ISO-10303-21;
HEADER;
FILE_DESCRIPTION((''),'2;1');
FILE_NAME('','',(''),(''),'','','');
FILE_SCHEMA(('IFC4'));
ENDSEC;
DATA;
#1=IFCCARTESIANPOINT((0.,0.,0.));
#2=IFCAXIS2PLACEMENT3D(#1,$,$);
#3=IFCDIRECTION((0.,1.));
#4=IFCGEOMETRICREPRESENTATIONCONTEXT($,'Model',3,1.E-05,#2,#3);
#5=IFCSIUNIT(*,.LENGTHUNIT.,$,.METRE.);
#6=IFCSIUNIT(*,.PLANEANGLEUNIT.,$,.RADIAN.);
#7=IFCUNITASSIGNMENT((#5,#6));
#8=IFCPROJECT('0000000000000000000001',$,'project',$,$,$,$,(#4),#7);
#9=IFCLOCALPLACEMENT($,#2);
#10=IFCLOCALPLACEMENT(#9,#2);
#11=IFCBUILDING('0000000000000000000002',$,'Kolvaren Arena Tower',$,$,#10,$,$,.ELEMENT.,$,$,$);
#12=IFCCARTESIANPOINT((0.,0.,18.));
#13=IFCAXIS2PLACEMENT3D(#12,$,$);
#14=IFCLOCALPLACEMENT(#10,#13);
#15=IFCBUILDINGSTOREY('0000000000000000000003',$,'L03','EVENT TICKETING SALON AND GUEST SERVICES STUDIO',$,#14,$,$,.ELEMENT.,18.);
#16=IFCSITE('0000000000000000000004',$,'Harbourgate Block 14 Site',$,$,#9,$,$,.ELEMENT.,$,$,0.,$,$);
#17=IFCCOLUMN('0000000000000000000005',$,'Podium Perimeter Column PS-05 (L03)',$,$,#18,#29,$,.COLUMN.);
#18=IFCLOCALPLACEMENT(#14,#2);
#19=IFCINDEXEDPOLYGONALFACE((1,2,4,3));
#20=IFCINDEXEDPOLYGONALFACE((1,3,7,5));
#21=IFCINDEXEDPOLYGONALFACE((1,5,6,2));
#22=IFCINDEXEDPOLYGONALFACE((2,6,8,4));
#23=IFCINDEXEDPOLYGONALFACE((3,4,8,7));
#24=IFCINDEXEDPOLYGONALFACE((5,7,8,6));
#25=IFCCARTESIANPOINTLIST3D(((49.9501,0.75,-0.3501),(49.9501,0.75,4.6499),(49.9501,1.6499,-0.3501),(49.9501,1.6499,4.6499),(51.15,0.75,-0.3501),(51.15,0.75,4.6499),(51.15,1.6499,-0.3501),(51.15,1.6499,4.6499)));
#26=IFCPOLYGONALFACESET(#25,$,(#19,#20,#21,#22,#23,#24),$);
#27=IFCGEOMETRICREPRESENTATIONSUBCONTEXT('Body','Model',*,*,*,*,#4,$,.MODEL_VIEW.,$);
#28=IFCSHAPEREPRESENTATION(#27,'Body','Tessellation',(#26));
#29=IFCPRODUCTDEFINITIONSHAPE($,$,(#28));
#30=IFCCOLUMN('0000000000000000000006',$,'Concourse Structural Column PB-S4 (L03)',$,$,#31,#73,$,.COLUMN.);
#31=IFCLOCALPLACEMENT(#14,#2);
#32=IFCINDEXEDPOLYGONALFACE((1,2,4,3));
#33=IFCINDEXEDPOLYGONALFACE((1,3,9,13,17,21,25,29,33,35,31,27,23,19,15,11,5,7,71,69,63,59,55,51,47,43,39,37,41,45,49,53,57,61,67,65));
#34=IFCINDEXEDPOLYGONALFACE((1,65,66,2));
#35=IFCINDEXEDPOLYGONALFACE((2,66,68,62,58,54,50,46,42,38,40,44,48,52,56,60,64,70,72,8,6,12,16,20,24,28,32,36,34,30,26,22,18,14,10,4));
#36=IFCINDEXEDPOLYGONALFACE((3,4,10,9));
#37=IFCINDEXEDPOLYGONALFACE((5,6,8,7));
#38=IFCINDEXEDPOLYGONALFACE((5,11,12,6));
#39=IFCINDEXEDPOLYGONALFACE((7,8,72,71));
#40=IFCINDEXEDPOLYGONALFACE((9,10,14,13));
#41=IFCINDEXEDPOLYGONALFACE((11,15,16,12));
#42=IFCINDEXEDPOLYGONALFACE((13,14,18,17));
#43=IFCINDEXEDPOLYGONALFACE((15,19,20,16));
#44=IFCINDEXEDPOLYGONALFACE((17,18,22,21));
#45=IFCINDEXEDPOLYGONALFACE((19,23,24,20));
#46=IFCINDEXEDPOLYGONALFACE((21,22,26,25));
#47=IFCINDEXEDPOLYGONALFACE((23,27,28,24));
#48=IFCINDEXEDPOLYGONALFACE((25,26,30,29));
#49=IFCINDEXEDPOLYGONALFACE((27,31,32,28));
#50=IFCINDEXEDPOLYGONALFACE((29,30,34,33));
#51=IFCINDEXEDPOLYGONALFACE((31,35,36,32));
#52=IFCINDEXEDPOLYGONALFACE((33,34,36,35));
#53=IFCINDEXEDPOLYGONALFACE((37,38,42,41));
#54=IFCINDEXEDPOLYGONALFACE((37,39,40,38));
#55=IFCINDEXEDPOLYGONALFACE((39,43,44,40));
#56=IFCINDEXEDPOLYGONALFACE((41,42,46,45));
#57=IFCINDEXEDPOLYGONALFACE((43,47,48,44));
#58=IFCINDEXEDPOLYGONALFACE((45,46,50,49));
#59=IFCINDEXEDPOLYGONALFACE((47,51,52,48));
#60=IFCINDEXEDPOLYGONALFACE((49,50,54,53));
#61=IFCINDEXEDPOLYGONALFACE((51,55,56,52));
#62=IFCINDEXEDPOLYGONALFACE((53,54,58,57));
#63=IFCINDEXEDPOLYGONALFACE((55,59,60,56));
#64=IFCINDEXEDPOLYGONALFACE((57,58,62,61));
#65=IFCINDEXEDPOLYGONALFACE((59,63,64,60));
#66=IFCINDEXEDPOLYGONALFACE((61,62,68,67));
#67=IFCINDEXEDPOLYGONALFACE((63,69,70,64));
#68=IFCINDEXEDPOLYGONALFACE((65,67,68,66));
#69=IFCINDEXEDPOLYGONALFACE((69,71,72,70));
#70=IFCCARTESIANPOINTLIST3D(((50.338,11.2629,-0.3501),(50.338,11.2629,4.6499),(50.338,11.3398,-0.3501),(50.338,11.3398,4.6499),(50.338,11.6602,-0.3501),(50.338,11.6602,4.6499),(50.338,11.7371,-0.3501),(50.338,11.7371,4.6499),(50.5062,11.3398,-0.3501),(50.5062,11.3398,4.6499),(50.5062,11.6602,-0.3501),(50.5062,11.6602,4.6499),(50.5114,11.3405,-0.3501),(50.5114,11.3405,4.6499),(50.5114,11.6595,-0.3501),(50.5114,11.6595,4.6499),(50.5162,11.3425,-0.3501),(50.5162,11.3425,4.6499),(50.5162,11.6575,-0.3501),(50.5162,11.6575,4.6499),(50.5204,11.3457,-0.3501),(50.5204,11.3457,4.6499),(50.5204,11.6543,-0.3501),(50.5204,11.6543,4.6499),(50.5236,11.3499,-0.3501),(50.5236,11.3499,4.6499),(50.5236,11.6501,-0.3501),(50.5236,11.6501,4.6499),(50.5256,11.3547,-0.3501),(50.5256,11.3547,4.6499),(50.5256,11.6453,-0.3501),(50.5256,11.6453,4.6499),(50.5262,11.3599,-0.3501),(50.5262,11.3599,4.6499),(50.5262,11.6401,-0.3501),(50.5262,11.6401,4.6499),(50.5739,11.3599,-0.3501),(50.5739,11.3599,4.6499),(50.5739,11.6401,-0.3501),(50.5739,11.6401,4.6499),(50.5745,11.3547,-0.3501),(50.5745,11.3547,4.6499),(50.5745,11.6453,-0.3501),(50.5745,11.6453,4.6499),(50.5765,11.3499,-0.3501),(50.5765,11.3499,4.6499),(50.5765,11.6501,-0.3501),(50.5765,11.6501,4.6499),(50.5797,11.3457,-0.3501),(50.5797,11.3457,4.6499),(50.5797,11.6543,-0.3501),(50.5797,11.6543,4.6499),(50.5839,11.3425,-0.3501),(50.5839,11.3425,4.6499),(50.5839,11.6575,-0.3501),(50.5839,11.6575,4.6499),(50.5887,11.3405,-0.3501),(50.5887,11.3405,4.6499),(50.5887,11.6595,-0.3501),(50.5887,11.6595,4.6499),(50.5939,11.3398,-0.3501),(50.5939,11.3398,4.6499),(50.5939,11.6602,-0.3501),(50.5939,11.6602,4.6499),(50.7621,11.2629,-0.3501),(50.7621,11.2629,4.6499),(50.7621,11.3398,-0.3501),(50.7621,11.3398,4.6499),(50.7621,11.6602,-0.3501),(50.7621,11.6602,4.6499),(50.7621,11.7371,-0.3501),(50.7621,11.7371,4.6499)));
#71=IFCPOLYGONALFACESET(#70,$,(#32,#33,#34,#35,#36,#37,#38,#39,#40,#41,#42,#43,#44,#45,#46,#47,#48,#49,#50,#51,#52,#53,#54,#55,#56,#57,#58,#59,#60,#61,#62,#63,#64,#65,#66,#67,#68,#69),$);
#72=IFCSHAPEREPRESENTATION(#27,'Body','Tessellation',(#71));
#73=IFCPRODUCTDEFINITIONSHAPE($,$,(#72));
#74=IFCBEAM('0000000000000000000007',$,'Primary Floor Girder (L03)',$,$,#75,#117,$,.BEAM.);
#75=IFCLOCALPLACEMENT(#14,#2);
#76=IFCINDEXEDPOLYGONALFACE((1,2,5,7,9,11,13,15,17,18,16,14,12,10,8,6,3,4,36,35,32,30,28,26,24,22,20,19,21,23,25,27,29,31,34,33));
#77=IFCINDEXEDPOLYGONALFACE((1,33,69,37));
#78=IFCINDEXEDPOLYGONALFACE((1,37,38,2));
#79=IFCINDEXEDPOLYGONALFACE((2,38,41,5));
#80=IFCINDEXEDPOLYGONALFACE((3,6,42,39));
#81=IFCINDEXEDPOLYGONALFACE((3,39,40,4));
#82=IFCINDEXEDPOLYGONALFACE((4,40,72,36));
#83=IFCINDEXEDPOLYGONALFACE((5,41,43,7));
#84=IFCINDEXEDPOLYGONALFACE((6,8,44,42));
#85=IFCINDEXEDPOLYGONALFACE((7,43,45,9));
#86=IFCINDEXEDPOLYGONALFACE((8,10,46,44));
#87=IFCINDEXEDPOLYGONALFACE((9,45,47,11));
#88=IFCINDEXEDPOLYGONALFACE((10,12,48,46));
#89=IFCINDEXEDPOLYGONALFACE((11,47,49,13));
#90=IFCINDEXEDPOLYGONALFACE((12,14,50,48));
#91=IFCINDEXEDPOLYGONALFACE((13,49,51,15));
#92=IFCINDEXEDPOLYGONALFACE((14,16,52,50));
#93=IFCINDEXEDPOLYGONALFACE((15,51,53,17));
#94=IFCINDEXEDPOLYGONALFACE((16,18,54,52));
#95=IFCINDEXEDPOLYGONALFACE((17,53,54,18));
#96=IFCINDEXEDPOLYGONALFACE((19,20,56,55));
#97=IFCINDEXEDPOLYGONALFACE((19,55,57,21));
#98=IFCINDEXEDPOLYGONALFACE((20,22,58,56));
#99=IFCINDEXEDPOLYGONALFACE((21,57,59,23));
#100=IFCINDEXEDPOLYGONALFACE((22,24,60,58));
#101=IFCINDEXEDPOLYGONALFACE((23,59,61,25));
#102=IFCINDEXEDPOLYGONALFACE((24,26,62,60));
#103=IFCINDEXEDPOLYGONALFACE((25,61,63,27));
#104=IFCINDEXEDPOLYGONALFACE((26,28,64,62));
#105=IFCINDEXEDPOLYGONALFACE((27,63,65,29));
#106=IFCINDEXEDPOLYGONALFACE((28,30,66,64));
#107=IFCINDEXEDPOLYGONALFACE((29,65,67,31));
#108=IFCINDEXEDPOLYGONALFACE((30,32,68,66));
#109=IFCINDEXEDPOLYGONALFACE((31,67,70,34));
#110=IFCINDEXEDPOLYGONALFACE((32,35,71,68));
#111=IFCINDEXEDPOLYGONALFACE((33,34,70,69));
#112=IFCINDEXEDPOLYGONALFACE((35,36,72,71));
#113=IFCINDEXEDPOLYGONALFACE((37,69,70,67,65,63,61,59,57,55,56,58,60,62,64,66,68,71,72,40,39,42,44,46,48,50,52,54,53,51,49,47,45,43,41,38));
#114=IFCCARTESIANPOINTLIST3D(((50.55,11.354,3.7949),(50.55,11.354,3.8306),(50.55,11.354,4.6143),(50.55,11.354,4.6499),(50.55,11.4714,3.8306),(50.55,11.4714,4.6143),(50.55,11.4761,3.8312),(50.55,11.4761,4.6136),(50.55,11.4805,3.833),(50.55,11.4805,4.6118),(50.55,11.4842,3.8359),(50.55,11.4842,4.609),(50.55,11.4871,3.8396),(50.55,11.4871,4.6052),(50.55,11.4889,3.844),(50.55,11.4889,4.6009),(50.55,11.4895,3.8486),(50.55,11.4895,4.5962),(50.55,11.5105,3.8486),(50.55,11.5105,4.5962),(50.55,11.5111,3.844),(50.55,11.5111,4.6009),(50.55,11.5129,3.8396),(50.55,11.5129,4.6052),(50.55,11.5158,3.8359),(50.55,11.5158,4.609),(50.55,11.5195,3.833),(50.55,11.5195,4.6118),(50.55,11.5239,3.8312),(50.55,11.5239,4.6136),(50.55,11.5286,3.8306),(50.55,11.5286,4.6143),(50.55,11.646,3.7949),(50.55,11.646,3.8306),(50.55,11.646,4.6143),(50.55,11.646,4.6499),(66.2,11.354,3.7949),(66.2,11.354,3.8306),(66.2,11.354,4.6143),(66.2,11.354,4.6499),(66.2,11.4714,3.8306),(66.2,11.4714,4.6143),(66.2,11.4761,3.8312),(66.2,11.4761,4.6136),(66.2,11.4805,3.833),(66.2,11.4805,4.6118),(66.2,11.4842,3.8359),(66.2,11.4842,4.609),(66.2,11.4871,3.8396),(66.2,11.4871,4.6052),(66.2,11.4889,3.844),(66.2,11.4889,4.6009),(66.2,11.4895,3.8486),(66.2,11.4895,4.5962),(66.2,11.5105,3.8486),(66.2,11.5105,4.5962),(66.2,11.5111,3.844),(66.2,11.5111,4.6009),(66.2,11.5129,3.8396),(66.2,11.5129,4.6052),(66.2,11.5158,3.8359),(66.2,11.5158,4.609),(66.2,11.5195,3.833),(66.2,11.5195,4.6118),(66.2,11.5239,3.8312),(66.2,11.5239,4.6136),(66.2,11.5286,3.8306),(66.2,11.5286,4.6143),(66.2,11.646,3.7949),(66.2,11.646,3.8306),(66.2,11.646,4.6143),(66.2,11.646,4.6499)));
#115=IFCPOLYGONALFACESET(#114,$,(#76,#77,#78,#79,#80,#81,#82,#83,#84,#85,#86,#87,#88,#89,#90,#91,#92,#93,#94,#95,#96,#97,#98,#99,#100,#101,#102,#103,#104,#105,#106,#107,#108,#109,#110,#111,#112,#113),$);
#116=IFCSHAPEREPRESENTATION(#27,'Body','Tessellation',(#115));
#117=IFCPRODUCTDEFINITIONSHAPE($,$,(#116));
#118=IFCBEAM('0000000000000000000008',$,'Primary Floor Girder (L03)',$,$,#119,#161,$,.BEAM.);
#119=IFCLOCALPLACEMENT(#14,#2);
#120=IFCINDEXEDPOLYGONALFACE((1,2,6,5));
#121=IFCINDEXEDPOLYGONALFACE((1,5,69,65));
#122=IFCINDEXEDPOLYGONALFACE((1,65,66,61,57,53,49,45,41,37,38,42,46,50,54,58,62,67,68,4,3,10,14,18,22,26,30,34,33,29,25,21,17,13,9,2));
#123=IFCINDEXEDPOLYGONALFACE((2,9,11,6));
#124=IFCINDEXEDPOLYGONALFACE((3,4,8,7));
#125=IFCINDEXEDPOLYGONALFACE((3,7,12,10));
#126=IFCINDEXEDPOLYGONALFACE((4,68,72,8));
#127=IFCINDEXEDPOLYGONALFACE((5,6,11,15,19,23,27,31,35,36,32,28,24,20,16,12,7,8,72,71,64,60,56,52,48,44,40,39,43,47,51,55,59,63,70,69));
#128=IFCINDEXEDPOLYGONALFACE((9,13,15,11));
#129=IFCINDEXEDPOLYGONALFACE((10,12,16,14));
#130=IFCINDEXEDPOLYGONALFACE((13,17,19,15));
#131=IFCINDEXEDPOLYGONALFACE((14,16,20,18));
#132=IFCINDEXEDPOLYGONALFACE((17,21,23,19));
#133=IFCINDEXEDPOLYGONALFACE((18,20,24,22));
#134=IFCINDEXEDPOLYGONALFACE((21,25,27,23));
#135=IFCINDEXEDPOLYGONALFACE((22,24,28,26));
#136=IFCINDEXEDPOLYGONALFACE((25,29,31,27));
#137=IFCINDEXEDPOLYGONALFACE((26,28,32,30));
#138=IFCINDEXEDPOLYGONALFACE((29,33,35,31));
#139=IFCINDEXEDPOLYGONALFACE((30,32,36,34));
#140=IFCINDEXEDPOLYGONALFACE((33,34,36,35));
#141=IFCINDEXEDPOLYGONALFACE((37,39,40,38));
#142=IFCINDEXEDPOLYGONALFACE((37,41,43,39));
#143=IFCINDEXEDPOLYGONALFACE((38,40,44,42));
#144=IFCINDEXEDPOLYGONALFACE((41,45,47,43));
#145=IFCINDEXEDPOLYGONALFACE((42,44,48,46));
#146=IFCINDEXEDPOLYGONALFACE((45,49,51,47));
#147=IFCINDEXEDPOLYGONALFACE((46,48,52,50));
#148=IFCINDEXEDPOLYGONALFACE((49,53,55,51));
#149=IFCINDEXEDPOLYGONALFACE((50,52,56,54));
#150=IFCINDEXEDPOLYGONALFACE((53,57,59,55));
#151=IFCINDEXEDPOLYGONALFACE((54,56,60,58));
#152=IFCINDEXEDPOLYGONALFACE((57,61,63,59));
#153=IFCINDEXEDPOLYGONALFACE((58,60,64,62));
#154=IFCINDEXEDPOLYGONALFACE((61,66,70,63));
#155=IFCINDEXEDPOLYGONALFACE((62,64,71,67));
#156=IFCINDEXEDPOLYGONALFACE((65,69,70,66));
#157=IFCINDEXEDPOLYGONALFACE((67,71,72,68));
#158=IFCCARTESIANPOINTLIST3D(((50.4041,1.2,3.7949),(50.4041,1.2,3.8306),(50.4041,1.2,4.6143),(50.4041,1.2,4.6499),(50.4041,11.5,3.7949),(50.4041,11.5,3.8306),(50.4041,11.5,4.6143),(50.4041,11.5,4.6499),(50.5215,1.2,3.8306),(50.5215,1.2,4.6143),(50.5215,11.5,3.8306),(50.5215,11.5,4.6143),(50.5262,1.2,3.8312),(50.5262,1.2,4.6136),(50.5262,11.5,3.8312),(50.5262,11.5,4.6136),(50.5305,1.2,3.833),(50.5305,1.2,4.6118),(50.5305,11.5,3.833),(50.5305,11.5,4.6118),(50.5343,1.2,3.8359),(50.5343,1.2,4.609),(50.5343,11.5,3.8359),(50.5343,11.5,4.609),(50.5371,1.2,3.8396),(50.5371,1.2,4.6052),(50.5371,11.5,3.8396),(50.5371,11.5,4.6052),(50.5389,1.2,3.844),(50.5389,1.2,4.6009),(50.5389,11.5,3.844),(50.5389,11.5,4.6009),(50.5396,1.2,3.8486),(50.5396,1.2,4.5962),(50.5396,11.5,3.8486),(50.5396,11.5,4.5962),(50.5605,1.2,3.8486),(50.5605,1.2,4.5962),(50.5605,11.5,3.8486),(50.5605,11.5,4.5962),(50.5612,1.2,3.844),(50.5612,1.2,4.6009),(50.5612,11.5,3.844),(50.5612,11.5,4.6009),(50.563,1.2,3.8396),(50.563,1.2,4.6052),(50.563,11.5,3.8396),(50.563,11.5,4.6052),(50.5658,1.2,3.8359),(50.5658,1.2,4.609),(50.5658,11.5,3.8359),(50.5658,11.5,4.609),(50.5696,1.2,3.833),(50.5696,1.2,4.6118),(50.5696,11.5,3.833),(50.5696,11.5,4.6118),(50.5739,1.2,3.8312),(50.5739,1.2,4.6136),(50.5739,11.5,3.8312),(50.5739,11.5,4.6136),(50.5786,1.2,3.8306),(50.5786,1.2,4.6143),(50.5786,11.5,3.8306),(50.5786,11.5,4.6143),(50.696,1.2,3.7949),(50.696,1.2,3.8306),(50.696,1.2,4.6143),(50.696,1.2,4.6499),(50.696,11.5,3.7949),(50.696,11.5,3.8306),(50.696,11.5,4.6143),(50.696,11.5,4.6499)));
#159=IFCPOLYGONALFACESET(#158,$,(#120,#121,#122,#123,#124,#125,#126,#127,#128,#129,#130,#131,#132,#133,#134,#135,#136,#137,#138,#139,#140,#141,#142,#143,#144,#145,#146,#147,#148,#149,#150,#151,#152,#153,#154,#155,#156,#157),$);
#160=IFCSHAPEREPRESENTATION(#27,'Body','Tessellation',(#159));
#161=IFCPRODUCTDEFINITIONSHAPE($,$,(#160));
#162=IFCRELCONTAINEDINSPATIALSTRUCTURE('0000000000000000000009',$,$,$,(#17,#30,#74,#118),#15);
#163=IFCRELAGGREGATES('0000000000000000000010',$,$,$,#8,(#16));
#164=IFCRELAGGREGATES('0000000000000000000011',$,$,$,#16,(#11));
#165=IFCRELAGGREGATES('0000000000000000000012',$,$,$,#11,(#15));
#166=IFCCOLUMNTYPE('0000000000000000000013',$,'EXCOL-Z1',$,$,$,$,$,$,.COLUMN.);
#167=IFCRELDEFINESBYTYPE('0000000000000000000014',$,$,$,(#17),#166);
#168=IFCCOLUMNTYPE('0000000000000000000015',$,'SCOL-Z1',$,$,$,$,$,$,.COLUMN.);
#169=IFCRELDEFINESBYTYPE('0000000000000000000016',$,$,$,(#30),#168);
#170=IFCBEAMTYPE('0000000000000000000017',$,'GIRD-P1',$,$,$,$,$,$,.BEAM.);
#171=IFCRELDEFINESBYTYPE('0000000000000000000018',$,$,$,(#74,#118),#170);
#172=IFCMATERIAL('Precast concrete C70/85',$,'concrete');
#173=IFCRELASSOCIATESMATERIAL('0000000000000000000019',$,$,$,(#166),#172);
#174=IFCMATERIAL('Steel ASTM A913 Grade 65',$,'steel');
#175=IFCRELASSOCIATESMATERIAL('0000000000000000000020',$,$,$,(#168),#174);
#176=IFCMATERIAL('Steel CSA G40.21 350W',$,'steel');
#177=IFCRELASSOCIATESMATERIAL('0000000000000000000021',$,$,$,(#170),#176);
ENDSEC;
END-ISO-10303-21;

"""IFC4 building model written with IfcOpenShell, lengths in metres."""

from ifc_helpers import new_model, si_unit, direction, frame, origin, origin_2d, place, context, subcontext, project, spatial, rectangle, i_section, extrude, material, material_profile, profile_set, type_object, element, save


model = new_model("IFC4")

# Units and contexts
model_context = context("Model", 3, precision=1e-05, world=origin(), true_north=direction((0.0, 1.0)))
body_context = subcontext(model_context, "Body", "Model", "MODEL_VIEW")
ifc_project = project(units=[si_unit("LENGTHUNIT", "METRE"), si_unit("PLANEANGLEUNIT", "RADIAN")], contexts=[model_context])

# Site, building, storey
site_placement = place(None, origin())
site = spatial("IfcSite", under=ifc_project, at=site_placement, Name="Harbourgate Block 14 Site", CompositionType="ELEMENT", RefElevation=0.0)
building_placement = place(site_placement, origin())
building = spatial("IfcBuilding", under=site, at=building_placement, Name="Kolvaren Arena Tower", CompositionType="ELEMENT")
storey_placement = place(building_placement, frame((0.0, 0.0, 18.0)))
storey = spatial("IfcBuildingStorey", under=building, at=storey_placement, Name="L03", Description="EVENT TICKETING SALON AND GUEST SERVICES STUDIO", CompositionType="ELEMENT", Elevation=18.0)

# Columns
ifc_material_1 = material(Name="Precast concrete C70/85", Category="concrete")
ifc_material_profile_1 = material_profile(ifc_material_1, rectangle(XDim=1.2, YDim=0.8999, at=origin_2d()), Name="RC-1200x900")
ifc_profile_set_1 = profile_set([ifc_material_profile_1], Name="Precast concrete C70/85")
column_type_1 = type_object("IfcColumnType", Name="EXCOL-Z1", PredefinedType="COLUMN", material=ifc_profile_set_1)
column_1_placement = place(storey_placement, frame((50.55, 1.2, -0.3501), z_axis=(0.0, 0.0, 1.0), x_axis=(1.0, 0.0, 0.0)))
element("IfcColumn", 1, at=column_1_placement, inside=storey, type_object=column_type_1, Name="Podium Perimeter Column PS-05 (L03)", PredefinedType="COLUMN", context=body_context, shape_type="SweptSolid", body=[
    extrude(rectangle(XDim=1.2, YDim=0.8999, at=origin_2d()), origin(), (0.0, 0.0, 1.0), 5.0),
])
ifc_material_2 = material(Name="Steel ASTM A913 Grade 65", Category="steel")
ifc_material_profile_2 = material_profile(ifc_material_2, i_section(OverallWidth=0.4241, OverallDepth=0.4741, WebThickness=0.0476, FlangeThickness=0.0769, FilletRadius=0.02, at=origin_2d()), Name="W360x634")
ifc_profile_set_2 = profile_set([ifc_material_profile_2], Name="Steel ASTM A913 Grade 65")
column_type_2 = type_object("IfcColumnType", Name="SCOL-Z1", PredefinedType="COLUMN", material=ifc_profile_set_2)
column_2_placement = place(storey_placement, frame((50.55, 11.5, -0.3501), z_axis=(0.0, 0.0, 1.0), x_axis=(1.0, 0.0, 0.0)))
element("IfcColumn", 2, at=column_2_placement, inside=storey, type_object=column_type_2, Name="Concourse Structural Column PB-S4 (L03)", PredefinedType="COLUMN", context=body_context, shape_type="SweptSolid", body=[
    extrude(i_section(OverallWidth=0.4241, OverallDepth=0.4741, WebThickness=0.0476, FlangeThickness=0.0769, FilletRadius=0.02, at=origin_2d()), origin(), (0.0, 0.0, 1.0), 5.0),
])

# Beams
ifc_material_3 = material(Name="Steel CSA G40.21 350W", Category="steel")
ifc_material_profile_3 = material_profile(ifc_material_3, i_section(OverallWidth=0.292, OverallDepth=0.855, WebThickness=0.021, FlangeThickness=0.0356, FilletRadius=0.0181, at=origin_2d()), Name="W840x299")
ifc_profile_set_3 = profile_set([ifc_material_profile_3], Name="Steel CSA G40.21 350W")
beam_type_1 = type_object("IfcBeamType", Name="GIRD-P1", PredefinedType="BEAM", material=ifc_profile_set_3)
beam_1_placement = place(storey_placement, frame((50.55, 11.5, 4.2224), z_axis=(1.0, 0.0, 0.0), x_axis=(0.0, 1.0, 0.0)))
element("IfcBeam", 3, at=beam_1_placement, inside=storey, type_object=beam_type_1, Name="Primary Floor Girder (L03)", PredefinedType="BEAM", context=body_context, shape_type="SweptSolid", body=[
    extrude(i_section(OverallWidth=0.292, OverallDepth=0.855, WebThickness=0.021, FlangeThickness=0.0356, FilletRadius=0.0181, at=origin_2d()), origin(), (0.0, 0.0, 1.0), 15.6499),
])
beam_2_placement = place(storey_placement, frame((50.55, 1.2, 4.2224), z_axis=(0.0, 1.0, 0.0), x_axis=(-1.0, 0.0, 0.0)))
element("IfcBeam", 4, at=beam_2_placement, inside=storey, type_object=beam_type_1, Name="Primary Floor Girder (L03)", PredefinedType="BEAM", context=body_context, shape_type="SweptSolid", body=[
    extrude(i_section(OverallWidth=0.292, OverallDepth=0.855, WebThickness=0.021, FlangeThickness=0.0356, FilletRadius=0.0181, at=origin_2d()), origin(), (0.0, 0.0, 1.0), 10.3),
])

save(model, "model.ifc")
